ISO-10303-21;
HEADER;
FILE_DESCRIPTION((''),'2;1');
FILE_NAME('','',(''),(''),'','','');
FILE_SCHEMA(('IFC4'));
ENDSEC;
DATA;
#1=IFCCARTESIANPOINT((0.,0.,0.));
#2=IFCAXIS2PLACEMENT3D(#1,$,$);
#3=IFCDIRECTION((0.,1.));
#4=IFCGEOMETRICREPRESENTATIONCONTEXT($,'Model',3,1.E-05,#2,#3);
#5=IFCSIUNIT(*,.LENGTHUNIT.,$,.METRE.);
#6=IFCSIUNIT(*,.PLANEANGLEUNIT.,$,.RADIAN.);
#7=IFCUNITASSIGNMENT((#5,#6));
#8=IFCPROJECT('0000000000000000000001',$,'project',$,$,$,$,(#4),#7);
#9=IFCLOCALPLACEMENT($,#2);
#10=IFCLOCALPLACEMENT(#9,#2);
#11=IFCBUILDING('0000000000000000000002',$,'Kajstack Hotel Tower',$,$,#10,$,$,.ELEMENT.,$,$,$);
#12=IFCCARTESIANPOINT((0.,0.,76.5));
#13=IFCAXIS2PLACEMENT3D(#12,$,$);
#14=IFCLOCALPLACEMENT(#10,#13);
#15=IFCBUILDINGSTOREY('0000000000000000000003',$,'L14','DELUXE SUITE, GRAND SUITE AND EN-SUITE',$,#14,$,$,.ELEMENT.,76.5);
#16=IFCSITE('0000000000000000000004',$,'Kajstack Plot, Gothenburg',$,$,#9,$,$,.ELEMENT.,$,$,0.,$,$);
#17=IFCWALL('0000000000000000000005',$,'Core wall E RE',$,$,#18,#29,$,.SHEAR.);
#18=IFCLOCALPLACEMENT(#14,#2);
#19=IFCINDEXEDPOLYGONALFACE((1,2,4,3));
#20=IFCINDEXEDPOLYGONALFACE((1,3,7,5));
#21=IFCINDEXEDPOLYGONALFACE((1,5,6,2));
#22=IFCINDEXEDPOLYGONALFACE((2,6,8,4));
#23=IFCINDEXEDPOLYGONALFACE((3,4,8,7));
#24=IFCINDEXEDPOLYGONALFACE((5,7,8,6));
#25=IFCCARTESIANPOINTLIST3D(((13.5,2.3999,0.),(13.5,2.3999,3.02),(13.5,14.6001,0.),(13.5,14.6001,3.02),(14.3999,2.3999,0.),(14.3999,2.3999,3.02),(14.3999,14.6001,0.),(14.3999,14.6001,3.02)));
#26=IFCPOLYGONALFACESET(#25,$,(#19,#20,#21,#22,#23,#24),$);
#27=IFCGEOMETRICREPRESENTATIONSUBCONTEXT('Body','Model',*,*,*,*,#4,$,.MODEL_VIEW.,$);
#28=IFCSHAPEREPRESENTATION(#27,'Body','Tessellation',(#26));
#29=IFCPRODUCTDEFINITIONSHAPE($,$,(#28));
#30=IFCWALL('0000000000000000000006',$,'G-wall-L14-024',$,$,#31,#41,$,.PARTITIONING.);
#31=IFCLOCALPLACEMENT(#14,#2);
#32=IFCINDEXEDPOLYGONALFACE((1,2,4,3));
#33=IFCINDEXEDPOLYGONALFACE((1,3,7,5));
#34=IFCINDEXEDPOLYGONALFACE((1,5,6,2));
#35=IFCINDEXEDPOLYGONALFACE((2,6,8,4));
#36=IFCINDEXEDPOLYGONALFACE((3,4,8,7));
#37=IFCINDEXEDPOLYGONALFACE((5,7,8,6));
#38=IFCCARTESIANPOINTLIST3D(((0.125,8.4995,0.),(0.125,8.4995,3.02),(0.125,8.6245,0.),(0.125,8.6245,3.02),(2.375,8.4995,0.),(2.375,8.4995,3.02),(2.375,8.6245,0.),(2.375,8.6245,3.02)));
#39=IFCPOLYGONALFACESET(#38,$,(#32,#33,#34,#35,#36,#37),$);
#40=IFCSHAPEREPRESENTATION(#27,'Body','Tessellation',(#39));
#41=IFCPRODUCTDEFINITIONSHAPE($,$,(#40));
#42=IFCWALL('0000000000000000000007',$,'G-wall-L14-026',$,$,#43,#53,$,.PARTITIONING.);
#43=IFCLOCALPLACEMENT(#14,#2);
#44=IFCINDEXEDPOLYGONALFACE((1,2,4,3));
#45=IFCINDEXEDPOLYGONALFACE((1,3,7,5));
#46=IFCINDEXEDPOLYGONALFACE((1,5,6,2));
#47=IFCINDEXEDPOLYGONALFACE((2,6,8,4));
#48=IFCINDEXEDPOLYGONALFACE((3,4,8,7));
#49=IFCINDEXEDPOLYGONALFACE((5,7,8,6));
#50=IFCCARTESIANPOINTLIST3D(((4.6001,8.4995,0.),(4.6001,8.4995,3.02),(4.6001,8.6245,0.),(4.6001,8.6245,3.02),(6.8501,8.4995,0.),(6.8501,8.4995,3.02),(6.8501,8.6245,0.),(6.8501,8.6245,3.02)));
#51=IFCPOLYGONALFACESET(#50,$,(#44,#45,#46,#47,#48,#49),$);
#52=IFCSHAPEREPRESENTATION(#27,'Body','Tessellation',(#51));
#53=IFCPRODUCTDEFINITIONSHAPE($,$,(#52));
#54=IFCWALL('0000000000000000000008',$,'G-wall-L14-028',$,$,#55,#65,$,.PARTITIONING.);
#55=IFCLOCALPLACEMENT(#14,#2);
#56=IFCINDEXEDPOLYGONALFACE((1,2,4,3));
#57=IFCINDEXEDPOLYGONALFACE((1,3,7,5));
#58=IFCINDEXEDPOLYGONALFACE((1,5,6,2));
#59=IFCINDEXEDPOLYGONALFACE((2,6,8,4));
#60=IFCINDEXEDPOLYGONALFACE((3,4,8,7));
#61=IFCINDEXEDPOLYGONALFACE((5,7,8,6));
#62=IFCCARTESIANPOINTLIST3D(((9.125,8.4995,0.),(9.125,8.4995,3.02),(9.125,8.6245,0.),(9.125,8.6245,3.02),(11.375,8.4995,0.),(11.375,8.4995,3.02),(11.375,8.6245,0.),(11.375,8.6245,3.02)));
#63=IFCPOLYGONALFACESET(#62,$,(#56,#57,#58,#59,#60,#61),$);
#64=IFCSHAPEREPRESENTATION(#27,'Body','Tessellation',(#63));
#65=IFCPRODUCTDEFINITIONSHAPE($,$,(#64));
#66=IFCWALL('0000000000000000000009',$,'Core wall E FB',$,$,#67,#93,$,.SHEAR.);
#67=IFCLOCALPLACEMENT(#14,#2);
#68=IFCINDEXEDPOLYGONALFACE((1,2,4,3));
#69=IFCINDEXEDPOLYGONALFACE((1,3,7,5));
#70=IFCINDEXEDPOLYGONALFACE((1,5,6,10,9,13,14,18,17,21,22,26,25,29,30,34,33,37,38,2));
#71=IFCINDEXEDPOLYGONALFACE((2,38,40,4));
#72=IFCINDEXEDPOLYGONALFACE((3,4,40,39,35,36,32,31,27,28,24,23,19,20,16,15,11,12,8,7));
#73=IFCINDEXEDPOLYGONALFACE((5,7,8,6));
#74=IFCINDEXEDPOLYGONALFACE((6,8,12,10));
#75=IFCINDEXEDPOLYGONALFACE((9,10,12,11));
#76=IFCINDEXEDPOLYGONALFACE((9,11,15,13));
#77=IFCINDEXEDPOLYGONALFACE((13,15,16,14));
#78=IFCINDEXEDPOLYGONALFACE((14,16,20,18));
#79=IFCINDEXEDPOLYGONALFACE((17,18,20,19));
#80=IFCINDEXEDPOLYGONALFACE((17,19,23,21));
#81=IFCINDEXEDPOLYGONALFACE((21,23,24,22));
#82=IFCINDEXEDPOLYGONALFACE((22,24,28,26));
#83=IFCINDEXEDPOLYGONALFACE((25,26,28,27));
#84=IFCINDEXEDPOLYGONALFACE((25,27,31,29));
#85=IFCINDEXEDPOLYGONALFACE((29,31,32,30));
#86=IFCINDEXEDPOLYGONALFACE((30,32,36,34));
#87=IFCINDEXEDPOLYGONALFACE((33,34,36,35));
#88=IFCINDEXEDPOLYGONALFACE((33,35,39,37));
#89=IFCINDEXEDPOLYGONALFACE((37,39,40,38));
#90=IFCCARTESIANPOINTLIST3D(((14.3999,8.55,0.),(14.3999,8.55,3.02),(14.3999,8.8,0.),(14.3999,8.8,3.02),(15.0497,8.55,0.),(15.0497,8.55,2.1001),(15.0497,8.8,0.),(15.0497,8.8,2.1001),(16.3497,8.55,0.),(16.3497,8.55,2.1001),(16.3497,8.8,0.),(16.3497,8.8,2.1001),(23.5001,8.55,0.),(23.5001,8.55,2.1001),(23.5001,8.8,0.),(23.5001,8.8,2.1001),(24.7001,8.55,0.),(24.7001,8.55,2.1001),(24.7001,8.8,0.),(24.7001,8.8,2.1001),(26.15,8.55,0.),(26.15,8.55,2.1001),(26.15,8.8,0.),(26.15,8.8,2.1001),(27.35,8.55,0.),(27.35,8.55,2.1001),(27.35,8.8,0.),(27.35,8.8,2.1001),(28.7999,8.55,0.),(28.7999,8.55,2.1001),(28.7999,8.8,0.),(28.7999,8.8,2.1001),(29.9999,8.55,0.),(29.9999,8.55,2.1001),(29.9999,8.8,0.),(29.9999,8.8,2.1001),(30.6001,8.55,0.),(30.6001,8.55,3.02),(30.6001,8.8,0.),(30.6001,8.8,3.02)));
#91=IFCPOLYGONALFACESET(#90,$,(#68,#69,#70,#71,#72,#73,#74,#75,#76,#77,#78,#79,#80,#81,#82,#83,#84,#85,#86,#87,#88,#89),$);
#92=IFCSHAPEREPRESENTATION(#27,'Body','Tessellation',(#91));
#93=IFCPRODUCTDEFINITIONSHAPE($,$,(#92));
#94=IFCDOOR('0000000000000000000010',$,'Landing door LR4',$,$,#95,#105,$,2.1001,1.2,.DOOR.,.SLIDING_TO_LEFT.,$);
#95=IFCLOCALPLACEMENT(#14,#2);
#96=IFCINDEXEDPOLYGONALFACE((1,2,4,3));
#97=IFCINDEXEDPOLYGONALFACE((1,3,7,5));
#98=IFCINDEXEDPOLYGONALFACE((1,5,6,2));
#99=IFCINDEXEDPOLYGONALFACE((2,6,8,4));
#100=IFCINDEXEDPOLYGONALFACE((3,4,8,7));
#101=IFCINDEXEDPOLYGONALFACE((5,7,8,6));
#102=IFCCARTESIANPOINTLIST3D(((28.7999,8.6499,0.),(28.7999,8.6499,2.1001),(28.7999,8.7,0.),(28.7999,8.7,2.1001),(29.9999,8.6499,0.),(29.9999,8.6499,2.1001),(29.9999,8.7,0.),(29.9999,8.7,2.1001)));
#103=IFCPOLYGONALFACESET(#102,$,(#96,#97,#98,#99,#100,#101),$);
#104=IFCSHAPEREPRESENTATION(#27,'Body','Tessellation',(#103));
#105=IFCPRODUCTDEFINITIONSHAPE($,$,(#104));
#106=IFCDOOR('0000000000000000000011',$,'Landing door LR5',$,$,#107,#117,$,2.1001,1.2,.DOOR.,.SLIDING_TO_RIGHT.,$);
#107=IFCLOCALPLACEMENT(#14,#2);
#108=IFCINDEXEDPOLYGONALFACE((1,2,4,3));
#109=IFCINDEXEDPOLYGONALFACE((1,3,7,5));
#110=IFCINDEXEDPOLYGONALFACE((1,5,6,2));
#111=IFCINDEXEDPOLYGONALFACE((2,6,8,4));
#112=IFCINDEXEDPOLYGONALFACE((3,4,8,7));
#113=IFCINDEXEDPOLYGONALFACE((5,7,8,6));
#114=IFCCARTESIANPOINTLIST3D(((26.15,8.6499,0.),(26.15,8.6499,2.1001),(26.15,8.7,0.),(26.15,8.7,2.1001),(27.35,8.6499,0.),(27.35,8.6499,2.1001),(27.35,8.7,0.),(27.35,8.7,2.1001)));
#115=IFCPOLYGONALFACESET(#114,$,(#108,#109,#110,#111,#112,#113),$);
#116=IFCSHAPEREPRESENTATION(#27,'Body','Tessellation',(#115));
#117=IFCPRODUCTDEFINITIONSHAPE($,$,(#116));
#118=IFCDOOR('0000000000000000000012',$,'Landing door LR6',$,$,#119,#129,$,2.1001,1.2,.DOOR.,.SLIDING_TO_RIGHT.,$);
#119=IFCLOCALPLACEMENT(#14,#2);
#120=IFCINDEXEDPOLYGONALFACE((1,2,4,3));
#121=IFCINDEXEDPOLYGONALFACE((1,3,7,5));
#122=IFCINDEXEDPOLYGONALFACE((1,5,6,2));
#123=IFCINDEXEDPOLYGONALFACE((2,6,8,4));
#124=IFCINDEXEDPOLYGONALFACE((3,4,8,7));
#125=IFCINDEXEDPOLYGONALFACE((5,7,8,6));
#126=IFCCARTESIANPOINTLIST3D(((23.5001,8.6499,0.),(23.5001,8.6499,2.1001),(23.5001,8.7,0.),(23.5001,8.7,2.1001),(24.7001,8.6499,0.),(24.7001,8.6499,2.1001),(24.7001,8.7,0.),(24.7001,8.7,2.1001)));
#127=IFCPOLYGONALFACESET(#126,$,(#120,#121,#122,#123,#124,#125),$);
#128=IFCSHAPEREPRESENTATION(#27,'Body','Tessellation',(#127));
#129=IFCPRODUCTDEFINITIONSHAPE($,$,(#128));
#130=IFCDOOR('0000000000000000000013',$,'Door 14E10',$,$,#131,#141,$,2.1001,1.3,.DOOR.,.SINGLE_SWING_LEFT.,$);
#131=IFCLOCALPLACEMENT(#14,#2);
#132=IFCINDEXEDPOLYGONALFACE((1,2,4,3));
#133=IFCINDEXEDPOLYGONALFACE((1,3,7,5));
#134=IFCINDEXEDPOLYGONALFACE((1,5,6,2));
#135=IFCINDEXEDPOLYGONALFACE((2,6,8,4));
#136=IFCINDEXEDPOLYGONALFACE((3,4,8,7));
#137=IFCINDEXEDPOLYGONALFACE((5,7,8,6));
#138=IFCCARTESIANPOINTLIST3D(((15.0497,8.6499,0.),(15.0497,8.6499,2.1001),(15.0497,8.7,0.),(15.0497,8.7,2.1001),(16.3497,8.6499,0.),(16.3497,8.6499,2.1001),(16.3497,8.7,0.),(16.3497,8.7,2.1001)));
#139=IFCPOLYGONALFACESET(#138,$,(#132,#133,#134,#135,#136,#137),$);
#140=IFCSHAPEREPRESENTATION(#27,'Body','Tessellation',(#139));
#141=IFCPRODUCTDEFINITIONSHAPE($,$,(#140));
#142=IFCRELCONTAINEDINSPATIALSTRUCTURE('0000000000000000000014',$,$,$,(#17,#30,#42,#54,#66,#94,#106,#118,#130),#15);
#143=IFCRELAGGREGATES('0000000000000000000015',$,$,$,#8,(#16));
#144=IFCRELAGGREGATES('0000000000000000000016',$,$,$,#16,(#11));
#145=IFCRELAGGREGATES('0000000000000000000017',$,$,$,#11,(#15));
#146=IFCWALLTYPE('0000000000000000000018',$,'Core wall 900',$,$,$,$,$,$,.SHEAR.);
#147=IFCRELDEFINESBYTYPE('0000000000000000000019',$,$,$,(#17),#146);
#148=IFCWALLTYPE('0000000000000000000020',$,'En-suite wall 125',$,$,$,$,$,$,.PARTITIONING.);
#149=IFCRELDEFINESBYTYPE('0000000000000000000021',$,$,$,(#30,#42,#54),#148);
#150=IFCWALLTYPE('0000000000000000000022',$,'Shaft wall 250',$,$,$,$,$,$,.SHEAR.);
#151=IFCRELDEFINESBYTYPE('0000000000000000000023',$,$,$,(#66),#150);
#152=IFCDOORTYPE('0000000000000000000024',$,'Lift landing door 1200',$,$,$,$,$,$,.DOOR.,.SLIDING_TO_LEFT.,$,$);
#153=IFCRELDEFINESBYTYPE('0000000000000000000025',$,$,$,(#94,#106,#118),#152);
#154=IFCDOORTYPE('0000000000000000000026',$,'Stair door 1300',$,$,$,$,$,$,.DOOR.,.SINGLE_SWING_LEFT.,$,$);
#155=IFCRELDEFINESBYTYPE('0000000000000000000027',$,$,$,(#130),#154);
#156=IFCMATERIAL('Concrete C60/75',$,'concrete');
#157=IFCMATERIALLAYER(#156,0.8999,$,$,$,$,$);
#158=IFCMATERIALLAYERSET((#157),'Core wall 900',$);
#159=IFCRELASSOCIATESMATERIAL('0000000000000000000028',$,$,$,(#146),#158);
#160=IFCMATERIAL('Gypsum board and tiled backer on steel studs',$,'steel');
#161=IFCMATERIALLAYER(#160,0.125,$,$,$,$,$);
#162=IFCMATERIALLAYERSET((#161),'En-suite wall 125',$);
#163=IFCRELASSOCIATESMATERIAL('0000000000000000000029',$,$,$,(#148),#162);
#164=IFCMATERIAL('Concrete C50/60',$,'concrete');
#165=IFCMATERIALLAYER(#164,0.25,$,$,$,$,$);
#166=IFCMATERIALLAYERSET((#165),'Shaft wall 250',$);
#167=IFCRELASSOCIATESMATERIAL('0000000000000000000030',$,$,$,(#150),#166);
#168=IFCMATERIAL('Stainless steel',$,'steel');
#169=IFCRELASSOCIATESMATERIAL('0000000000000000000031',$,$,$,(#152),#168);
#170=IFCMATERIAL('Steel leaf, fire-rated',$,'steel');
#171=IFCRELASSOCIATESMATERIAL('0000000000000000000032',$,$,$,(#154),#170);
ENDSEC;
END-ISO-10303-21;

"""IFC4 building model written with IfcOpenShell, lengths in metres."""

from ifc_helpers import new_model, si_unit, direction, frame, frame_2d, origin, place, context, subcontext, project, spatial, rectangle, extrude, material, layer, layer_set, type_object, element, fill, save


model = new_model("IFC4")

# Units and contexts
model_context = context("Model", 3, precision=1e-05, world=origin(), true_north=direction((0.0, 1.0)))
body_context = subcontext(model_context, "Body", "Model", "MODEL_VIEW")
ifc_project = project(units=[si_unit("LENGTHUNIT", "METRE"), si_unit("PLANEANGLEUNIT", "RADIAN")], contexts=[model_context])

# Site, building, storey
site_placement = place(None, origin())
site = spatial("IfcSite", under=ifc_project, at=site_placement, Name="Kajstack Plot, Gothenburg", CompositionType="ELEMENT", RefElevation=0.0)
building_placement = place(site_placement, origin())
building = spatial("IfcBuilding", under=site, at=building_placement, Name="Kajstack Hotel Tower", CompositionType="ELEMENT")
storey_placement = place(building_placement, frame((0.0, 0.0, 76.5)))
storey = spatial("IfcBuildingStorey", under=building, at=storey_placement, Name="L14", Description="DELUXE SUITE, GRAND SUITE AND EN-SUITE", CompositionType="ELEMENT", Elevation=76.5)

# Walls
ifc_material_1 = material(Name="Concrete C60/75", Category="concrete")
ifc_layer_1 = layer(ifc_material_1, 0.8999)
ifc_layer_set_1 = layer_set([ifc_layer_1], Name="Core wall 900")
wall_type_1 = type_object("IfcWallType", Name="Core wall 900", PredefinedType="SHEAR", material=ifc_layer_set_1)
wall_1_placement = place(storey_placement, frame((13.95, 2.3999, 0.0), z_axis=(0.0, 0.0, 1.0), x_axis=(0.0, 1.0, 0.0)))
element("IfcWall", 1, at=wall_1_placement, inside=storey, type_object=wall_type_1, Name="Core wall E RE", PredefinedType="SHEAR", context=body_context, shape_type="SweptSolid", body=[
    extrude(rectangle(XDim=12.2002, YDim=0.8999, at=frame_2d((6.1001, 0.0))), origin(), (0.0, 0.0, 1.0), 3.02),
])
ifc_material_2 = material(Name="Gypsum board and tiled backer on steel studs", Category="steel")
ifc_layer_2 = layer(ifc_material_2, 0.125)
ifc_layer_set_2 = layer_set([ifc_layer_2], Name="En-suite wall 125")
wall_type_2 = type_object("IfcWallType", Name="En-suite wall 125", PredefinedType="PARTITIONING", material=ifc_layer_set_2)
for number, where, z_axis, x_axis, name in (
    (2, (0.125, 8.562, 0.0), (0.0, 0.0, 1.0), (1.0, 0.0, 0.0), "G-wall-L14-024"),
    (3, (4.6001, 8.562, 0.0), (0.0, 0.0, 1.0), (1.0, 0.0, 0.0), "G-wall-L14-026"),
    (4, (9.125, 8.562, 0.0), (0.0, 0.0, 1.0), (1.0, 0.0, 0.0), "G-wall-L14-028"),
):
    element("IfcWall", number, at=place(storey_placement, frame(where, z_axis=z_axis, x_axis=x_axis)), inside=storey, type_object=wall_type_2, Name=name, PredefinedType="PARTITIONING", context=body_context, shape_type="SweptSolid", body=[
        extrude(rectangle(XDim=2.25, YDim=0.125, at=frame_2d((1.125, 0.0))), origin(), (0.0, 0.0, 1.0), 3.02),
    ])

# Wall, openings, doors
ifc_material_3 = material(Name="Concrete C50/60", Category="concrete")
ifc_layer_3 = layer(ifc_material_3, 0.25)
ifc_layer_set_3 = layer_set([ifc_layer_3], Name="Shaft wall 250")
wall_type_3 = type_object("IfcWallType", Name="Shaft wall 250", PredefinedType="SHEAR", material=ifc_layer_set_3)
wall_2_placement = place(storey_placement, frame((14.3999, 8.675, 0.0), z_axis=(0.0, 0.0, 1.0), x_axis=(1.0, 0.0, 0.0)))
wall_2 = element("IfcWall", 5, at=wall_2_placement, inside=storey, type_object=wall_type_3, Name="Core wall E FB", PredefinedType="SHEAR", context=body_context, shape_type="SweptSolid", body=[
    extrude(rectangle(XDim=16.2002, YDim=0.25, at=frame_2d((8.1001, 0.0))), origin(), (0.0, 0.0, 1.0), 3.02),
])
opening_1_placement = place(wall_2_placement, frame((14.3999, 0.0, 0.0)))
opening_1 = element("IfcOpeningElement", 6, at=opening_1_placement, cuts=wall_2, PredefinedType="OPENING", context=body_context, shape_type="SweptSolid", body=[
    extrude(rectangle(XDim=1.2, YDim=2.1001, at=frame_2d((0.6001, 1.05))), frame((0.0, 0.135, 0.0), z_axis=(0.0, -1.0, 0.0), x_axis=(1.0, 0.0, 0.0)), (0.0, 0.0, 1.0), 0.27),
])
opening_2_placement = place(wall_2_placement, frame((11.75, 0.0, 0.0)))
opening_2 = element("IfcOpeningElement", 7, at=opening_2_placement, cuts=wall_2, PredefinedType="OPENING", context=body_context, shape_type="SweptSolid", body=[
    extrude(rectangle(XDim=1.2, YDim=2.1001, at=frame_2d((0.6001, 1.05))), frame((0.0, 0.135, 0.0), z_axis=(0.0, -1.0, 0.0), x_axis=(1.0, 0.0, 0.0)), (0.0, 0.0, 1.0), 0.27),
])
opening_3_placement = place(wall_2_placement, frame((9.1001, 0.0, 0.0)))
opening_3 = element("IfcOpeningElement", 8, at=opening_3_placement, cuts=wall_2, PredefinedType="OPENING", context=body_context, shape_type="SweptSolid", body=[
    extrude(rectangle(XDim=1.2, YDim=2.1001, at=frame_2d((0.6001, 1.05))), frame((0.0, 0.135, 0.0), z_axis=(0.0, -1.0, 0.0), x_axis=(1.0, 0.0, 0.0)), (0.0, 0.0, 1.0), 0.27),
])
opening_4_placement = place(wall_2_placement, frame((0.6499, 0.0, 0.0)))
opening_4 = element("IfcOpeningElement", 9, at=opening_4_placement, cuts=wall_2, PredefinedType="OPENING", context=body_context, shape_type="SweptSolid", body=[
    extrude(rectangle(XDim=1.3, YDim=2.1001, at=frame_2d((0.6499, 1.05))), frame((0.0, 0.135, 0.0), z_axis=(0.0, -1.0, 0.0), x_axis=(1.0, 0.0, 0.0)), (0.0, 0.0, 1.0), 0.27),
])
ifc_material_4 = material(Name="Stainless steel", Category="steel")
door_type_1 = type_object("IfcDoorType", Name="Lift landing door 1200", OperationType="SLIDING_TO_LEFT", PredefinedType="DOOR", material=ifc_material_4)
door_1_placement = place(opening_1_placement, origin())
door_1 = element("IfcDoor", 10, at=door_1_placement, inside=storey, type_object=door_type_1, Name="Landing door LR4", OperationType="SLIDING_TO_LEFT", OverallHeight=2.1001, OverallWidth=1.2, PredefinedType="DOOR", context=body_context, shape_type="SweptSolid", body=[
    extrude(rectangle(XDim=1.2, YDim=2.1001, at=frame_2d((0.6001, 1.05))), frame((0.0, 0.0249, 0.0), z_axis=(0.0, -1.0, 0.0), x_axis=(1.0, 0.0, 0.0)), (0.0, 0.0, 1.0), 0.05),
])
fill(opening_1, door_1)
door_2_placement = place(opening_2_placement, origin())
door_2 = element("IfcDoor", 11, at=door_2_placement, inside=storey, type_object=door_type_1, Name="Landing door LR5", OperationType="SLIDING_TO_RIGHT", OverallHeight=2.1001, OverallWidth=1.2, PredefinedType="DOOR", context=body_context, shape_type="SweptSolid", body=[
    extrude(rectangle(XDim=1.2, YDim=2.1001, at=frame_2d((0.6001, 1.05))), frame((0.0, 0.0249, 0.0), z_axis=(0.0, -1.0, 0.0), x_axis=(1.0, 0.0, 0.0)), (0.0, 0.0, 1.0), 0.05),
])
fill(opening_2, door_2)
door_3_placement = place(opening_3_placement, origin())
door_3 = element("IfcDoor", 12, at=door_3_placement, inside=storey, type_object=door_type_1, Name="Landing door LR6", OperationType="SLIDING_TO_RIGHT", OverallHeight=2.1001, OverallWidth=1.2, PredefinedType="DOOR", context=body_context, shape_type="SweptSolid", body=[
    extrude(rectangle(XDim=1.2, YDim=2.1001, at=frame_2d((0.6001, 1.05))), frame((0.0, 0.0249, 0.0), z_axis=(0.0, -1.0, 0.0), x_axis=(1.0, 0.0, 0.0)), (0.0, 0.0, 1.0), 0.05),
])
fill(opening_3, door_3)
ifc_material_5 = material(Name="Steel leaf, fire-rated", Category="steel")
door_type_2 = type_object("IfcDoorType", Name="Stair door 1300", OperationType="SINGLE_SWING_LEFT", PredefinedType="DOOR", material=ifc_material_5)
door_4_placement = place(opening_4_placement, origin())
door_4 = element("IfcDoor", 13, at=door_4_placement, inside=storey, type_object=door_type_2, Name="Door 14E10", OperationType="SINGLE_SWING_LEFT", OverallHeight=2.1001, OverallWidth=1.3, PredefinedType="DOOR", context=body_context, shape_type="SweptSolid", body=[
    extrude(rectangle(XDim=1.3, YDim=2.1001, at=frame_2d((0.6499, 1.05))), frame((0.0, 0.0249, 0.0), z_axis=(0.0, -1.0, 0.0), x_axis=(1.0, 0.0, 0.0)), (0.0, 0.0, 1.0), 0.05),
])
fill(opening_4, door_4)

save(model, "model.ifc")
